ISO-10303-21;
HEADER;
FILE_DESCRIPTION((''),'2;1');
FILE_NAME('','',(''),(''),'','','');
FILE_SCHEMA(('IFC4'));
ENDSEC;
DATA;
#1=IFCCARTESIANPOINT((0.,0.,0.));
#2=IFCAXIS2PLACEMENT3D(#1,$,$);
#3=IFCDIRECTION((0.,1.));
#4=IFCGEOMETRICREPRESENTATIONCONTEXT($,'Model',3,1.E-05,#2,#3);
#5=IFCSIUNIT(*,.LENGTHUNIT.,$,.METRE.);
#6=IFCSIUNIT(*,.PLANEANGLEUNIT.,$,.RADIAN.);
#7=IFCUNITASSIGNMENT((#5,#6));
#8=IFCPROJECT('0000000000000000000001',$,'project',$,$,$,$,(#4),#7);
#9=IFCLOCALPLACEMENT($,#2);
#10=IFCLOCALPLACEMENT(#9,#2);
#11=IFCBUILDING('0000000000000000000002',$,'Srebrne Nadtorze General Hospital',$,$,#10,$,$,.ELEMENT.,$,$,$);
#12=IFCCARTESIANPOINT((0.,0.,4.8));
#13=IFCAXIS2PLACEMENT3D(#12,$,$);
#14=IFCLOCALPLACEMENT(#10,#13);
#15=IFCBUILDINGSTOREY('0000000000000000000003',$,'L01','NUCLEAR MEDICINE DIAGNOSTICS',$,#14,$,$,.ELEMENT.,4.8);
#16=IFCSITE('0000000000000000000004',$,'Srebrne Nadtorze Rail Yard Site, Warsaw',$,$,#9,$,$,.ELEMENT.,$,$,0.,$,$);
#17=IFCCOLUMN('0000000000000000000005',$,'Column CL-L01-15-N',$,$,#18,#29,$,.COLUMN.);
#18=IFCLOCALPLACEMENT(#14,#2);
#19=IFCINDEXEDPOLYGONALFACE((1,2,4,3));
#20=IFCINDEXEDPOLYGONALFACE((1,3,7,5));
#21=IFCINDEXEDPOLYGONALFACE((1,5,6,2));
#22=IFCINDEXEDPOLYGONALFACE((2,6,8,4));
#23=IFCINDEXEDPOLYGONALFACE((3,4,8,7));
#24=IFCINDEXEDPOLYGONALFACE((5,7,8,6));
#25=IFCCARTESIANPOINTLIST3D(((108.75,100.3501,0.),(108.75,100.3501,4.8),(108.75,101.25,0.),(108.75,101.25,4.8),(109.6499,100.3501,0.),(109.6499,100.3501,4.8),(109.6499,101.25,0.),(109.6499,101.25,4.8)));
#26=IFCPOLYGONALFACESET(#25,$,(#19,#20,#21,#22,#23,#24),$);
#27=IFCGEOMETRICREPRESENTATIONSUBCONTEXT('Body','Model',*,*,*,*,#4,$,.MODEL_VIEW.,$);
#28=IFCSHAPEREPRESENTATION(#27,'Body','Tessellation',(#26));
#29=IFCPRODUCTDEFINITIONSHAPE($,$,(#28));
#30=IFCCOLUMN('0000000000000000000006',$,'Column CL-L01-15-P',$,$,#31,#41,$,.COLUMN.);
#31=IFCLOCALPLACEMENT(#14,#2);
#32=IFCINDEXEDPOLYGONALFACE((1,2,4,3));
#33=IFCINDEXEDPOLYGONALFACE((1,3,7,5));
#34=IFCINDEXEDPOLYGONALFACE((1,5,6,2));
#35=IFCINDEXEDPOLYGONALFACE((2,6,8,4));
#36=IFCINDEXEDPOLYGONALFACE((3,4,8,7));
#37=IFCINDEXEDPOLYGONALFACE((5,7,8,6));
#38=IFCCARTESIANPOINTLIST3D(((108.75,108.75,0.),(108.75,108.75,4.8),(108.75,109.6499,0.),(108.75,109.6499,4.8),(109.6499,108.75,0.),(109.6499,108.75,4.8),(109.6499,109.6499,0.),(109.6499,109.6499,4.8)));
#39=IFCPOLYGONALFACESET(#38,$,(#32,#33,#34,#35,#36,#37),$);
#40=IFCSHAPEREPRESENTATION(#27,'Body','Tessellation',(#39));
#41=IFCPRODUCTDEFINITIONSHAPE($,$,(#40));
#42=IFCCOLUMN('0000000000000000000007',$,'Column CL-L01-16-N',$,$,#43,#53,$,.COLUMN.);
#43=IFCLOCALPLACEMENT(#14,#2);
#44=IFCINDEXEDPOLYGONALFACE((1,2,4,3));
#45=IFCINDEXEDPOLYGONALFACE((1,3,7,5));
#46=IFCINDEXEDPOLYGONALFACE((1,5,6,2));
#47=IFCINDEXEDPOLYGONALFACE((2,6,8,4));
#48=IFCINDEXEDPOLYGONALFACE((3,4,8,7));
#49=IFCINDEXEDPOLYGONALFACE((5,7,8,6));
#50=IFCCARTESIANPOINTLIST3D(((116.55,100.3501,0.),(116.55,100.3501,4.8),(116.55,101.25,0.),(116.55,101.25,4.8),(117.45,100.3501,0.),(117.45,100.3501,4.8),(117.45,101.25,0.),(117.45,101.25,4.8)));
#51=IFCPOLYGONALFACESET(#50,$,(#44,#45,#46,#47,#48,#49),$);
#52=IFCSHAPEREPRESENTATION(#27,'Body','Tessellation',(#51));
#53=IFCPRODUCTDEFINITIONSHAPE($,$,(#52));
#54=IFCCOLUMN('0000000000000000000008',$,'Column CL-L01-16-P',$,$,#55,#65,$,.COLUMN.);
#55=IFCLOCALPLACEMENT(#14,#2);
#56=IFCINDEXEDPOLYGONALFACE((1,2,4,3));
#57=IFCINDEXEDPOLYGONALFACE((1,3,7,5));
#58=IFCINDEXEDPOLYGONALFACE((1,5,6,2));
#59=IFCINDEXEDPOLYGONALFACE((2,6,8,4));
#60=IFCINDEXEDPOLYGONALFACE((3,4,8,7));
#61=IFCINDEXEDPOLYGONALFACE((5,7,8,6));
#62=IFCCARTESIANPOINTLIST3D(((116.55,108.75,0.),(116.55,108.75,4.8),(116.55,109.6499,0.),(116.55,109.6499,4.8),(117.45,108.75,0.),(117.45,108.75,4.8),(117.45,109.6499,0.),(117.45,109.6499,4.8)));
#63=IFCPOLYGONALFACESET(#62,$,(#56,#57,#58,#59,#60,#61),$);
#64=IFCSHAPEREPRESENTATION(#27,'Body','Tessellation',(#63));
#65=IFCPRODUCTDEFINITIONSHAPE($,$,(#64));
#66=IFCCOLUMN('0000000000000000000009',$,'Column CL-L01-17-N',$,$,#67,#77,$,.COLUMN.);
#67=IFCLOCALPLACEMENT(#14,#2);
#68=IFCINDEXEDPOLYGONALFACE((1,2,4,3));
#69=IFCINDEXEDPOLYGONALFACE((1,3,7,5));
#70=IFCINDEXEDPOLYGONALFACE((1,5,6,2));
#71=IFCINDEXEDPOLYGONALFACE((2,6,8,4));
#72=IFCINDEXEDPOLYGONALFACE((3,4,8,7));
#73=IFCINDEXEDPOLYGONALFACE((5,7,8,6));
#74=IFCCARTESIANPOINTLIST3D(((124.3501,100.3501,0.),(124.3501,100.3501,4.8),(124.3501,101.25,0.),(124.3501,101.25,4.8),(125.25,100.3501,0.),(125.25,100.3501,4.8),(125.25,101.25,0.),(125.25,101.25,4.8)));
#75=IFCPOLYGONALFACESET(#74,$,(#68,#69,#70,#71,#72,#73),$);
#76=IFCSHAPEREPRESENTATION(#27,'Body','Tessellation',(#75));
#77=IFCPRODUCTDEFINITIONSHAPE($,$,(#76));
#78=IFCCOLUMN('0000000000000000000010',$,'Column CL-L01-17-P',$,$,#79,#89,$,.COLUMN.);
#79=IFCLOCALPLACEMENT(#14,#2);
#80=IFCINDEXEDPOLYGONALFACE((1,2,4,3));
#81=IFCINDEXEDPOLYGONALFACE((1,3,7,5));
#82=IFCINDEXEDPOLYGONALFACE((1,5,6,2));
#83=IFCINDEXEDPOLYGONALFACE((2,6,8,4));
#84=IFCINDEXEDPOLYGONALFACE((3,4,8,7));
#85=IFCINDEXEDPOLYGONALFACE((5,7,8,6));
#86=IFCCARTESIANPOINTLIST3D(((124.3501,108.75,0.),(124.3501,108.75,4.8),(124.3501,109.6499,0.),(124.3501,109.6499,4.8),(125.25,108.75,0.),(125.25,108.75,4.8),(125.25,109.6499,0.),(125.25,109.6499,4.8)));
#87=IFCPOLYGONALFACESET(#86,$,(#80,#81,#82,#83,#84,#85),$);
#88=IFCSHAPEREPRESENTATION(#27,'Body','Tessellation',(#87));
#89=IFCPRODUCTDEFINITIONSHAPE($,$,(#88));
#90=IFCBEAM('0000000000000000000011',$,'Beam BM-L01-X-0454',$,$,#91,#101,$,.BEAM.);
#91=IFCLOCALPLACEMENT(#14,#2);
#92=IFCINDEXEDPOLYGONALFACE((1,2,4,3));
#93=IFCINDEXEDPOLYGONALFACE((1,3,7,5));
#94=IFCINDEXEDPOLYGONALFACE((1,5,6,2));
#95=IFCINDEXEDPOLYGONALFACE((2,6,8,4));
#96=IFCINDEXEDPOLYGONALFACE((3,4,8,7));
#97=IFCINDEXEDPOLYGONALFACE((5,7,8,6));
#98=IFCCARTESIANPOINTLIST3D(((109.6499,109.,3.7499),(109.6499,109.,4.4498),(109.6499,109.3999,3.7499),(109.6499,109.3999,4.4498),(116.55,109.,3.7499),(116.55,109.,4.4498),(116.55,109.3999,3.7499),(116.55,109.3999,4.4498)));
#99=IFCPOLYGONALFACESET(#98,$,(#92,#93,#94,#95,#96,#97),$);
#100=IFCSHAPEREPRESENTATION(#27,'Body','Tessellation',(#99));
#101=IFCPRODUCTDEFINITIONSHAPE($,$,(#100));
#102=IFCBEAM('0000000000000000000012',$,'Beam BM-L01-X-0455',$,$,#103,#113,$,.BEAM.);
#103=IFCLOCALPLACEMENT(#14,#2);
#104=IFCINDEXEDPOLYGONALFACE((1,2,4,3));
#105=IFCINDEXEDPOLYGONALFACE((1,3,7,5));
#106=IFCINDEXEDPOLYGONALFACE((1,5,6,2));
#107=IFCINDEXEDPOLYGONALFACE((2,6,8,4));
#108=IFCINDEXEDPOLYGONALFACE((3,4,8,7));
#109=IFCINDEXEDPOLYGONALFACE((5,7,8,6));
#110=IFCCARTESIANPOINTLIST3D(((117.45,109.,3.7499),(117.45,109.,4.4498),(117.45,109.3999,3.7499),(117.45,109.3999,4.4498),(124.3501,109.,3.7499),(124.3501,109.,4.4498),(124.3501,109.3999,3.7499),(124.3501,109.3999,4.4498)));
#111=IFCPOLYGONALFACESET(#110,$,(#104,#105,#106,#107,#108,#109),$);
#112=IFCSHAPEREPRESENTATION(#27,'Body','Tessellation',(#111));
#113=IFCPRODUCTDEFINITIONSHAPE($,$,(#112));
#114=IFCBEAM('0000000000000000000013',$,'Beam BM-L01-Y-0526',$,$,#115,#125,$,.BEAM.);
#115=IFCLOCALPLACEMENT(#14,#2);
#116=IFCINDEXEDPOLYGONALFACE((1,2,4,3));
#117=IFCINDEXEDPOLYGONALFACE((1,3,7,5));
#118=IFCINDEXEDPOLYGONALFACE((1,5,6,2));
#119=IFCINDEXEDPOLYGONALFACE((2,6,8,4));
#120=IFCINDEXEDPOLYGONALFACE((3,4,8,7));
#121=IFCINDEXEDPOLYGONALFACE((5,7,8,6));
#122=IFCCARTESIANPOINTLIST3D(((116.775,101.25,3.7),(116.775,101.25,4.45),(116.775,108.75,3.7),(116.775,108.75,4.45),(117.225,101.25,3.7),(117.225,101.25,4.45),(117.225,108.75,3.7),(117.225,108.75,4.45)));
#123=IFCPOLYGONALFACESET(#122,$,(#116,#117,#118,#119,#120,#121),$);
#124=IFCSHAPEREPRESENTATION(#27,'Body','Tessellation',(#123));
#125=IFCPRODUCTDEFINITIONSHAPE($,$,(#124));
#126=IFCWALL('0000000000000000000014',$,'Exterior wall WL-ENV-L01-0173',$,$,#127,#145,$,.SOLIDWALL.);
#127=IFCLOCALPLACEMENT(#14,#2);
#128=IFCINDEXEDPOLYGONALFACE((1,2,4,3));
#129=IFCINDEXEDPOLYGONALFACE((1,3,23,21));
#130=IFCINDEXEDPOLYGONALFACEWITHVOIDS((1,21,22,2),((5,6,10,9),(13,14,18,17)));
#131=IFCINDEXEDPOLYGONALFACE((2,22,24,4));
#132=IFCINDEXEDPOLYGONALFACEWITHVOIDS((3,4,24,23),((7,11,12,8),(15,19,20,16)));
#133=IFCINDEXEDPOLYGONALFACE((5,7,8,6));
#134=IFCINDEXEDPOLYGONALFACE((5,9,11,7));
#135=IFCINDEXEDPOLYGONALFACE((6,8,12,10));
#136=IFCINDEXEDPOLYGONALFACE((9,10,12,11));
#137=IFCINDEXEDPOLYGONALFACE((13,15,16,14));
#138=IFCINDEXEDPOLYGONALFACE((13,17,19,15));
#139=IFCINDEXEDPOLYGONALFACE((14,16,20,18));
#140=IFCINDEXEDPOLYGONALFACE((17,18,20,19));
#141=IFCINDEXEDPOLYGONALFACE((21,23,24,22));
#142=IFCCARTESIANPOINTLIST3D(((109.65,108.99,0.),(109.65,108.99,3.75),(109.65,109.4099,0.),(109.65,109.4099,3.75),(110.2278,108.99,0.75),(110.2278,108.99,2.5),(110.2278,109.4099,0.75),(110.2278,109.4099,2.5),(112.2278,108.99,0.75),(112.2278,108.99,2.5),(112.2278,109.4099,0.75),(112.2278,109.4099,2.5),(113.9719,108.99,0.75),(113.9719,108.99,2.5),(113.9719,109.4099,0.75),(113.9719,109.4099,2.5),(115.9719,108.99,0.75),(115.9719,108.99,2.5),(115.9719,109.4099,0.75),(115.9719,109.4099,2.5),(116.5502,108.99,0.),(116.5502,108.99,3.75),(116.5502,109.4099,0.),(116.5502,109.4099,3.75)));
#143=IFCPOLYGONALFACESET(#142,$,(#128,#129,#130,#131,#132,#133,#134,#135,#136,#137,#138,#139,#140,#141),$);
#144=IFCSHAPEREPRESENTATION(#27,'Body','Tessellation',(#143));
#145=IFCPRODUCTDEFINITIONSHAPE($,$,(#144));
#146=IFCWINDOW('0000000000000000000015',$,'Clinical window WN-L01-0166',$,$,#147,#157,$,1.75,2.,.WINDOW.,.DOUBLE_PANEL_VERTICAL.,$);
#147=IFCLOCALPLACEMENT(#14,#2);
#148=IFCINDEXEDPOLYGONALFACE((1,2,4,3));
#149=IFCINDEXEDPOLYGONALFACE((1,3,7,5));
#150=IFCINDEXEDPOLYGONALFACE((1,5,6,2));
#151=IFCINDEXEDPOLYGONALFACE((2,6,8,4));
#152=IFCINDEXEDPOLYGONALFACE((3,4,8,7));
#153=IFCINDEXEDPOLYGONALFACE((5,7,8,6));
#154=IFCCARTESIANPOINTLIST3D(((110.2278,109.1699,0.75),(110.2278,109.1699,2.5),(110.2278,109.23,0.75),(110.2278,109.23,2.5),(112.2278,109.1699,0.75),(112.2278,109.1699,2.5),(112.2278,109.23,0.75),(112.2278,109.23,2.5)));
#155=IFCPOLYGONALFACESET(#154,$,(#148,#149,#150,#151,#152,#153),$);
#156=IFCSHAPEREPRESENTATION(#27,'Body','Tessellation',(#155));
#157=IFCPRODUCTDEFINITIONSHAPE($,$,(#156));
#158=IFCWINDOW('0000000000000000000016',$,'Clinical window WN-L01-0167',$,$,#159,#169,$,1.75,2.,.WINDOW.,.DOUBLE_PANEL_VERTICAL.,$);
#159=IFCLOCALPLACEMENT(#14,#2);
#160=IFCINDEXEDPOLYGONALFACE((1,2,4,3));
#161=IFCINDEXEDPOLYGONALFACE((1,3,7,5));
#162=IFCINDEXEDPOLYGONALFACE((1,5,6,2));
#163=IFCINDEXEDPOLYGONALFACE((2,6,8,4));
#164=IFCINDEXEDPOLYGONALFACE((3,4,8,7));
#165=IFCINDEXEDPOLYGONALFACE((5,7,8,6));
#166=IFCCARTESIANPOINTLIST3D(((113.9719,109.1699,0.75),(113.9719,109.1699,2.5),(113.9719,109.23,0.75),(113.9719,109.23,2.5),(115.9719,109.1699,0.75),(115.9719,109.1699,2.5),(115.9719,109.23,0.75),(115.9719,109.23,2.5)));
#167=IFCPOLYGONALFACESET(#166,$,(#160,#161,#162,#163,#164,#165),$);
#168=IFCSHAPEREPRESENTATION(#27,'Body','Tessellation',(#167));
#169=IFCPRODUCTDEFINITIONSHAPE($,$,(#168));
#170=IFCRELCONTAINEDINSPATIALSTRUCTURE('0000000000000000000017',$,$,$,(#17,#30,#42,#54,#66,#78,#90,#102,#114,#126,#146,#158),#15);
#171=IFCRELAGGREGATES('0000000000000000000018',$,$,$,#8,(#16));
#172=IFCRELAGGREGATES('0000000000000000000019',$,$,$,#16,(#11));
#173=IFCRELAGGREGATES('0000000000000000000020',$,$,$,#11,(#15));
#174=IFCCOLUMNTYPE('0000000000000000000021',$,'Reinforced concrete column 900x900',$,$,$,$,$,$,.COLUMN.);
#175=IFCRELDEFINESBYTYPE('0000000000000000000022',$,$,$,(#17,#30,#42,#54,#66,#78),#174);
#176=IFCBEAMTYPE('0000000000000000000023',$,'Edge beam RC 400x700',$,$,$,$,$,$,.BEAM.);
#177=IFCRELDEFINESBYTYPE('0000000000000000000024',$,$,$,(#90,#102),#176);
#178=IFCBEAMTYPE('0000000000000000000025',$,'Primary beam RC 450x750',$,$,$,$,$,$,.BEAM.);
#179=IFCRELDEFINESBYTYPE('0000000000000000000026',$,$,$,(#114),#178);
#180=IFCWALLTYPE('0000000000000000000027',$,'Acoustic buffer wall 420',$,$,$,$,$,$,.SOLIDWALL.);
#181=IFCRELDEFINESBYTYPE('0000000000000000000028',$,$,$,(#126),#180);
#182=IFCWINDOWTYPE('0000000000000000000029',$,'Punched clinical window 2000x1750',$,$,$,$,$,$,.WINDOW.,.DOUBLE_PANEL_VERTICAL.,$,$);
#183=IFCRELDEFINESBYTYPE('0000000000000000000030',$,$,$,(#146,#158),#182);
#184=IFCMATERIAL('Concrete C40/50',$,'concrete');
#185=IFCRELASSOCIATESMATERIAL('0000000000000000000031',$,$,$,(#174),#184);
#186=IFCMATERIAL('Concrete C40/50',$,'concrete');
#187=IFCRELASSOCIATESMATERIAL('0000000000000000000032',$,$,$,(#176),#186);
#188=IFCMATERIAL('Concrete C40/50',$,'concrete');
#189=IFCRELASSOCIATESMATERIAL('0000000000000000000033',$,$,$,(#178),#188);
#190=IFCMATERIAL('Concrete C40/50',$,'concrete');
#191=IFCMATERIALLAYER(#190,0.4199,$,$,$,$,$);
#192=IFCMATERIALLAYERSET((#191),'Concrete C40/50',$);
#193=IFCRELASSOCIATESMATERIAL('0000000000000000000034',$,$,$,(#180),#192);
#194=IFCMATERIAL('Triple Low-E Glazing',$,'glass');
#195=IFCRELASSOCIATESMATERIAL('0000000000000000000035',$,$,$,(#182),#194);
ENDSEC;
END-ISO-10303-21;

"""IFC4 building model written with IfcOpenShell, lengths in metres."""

from ifc_helpers import new_model, si_unit, direction, frame, frame_2d, origin, origin_2d, place, context, subcontext, project, spatial, rectangle, extrude, material, layer, layer_set, material_profile, profile_set, type_object, element, fill, save


model = new_model("IFC4")

# Units and contexts
model_context = context("Model", 3, precision=1e-05, world=origin(), true_north=direction((0.0, 1.0)))
body_context = subcontext(model_context, "Body", "Model", "MODEL_VIEW")
ifc_project = project(units=[si_unit("LENGTHUNIT", "METRE"), si_unit("PLANEANGLEUNIT", "RADIAN")], contexts=[model_context])

# Site, building, storey
site_placement = place(None, origin())
site = spatial("IfcSite", under=ifc_project, at=site_placement, Name="Srebrne Nadtorze Rail Yard Site, Warsaw", CompositionType="ELEMENT", RefElevation=0.0)
building_placement = place(site_placement, origin())
building = spatial("IfcBuilding", under=site, at=building_placement, Name="Srebrne Nadtorze General Hospital", CompositionType="ELEMENT")
storey_placement = place(building_placement, frame((0.0, 0.0, 4.8)))
storey = spatial("IfcBuildingStorey", under=building, at=storey_placement, Name="L01", Description="NUCLEAR MEDICINE DIAGNOSTICS", CompositionType="ELEMENT", Elevation=4.8)

# Columns
ifc_material_1 = material(Name="Concrete C40/50", Category="concrete")
ifc_material_profile_1 = material_profile(ifc_material_1, rectangle(XDim=0.8999, YDim=0.8999, at=origin_2d()), Name="RC-COL-900x900")
ifc_profile_set_1 = profile_set([ifc_material_profile_1], Name="Concrete C40/50")
column_type = type_object("IfcColumnType", Name="Reinforced concrete column 900x900", PredefinedType="COLUMN", material=ifc_profile_set_1)
for number, where, z_axis, x_axis, name in (
    (1, (109.2, 100.8, 0.0), (0.0, 0.0, 1.0), (1.0, 0.0, 0.0), "Column CL-L01-15-N"),
    (2, (109.2, 109.2, 0.0), (0.0, 0.0, 1.0), (1.0, 0.0, 0.0), "Column CL-L01-15-P"),
    (3, (117.0, 100.8, 0.0), (0.0, 0.0, 1.0), (1.0, 0.0, 0.0), "Column CL-L01-16-N"),
    (4, (117.0, 109.2, 0.0), (0.0, 0.0, 1.0), (1.0, 0.0, 0.0), "Column CL-L01-16-P"),
    (5, (124.8, 100.8, 0.0), (0.0, 0.0, 1.0), (1.0, 0.0, 0.0), "Column CL-L01-17-N"),
    (6, (124.8, 109.2, 0.0), (0.0, 0.0, 1.0), (1.0, 0.0, 0.0), "Column CL-L01-17-P"),
):
    element("IfcColumn", number, at=place(storey_placement, frame(where, z_axis=z_axis, x_axis=x_axis)), inside=storey, type_object=column_type, Name=name, PredefinedType="COLUMN", context=body_context, shape_type="SweptSolid", body=[
        extrude(rectangle(XDim=0.8999, YDim=0.8999, at=origin_2d()), origin(), (0.0, 0.0, 1.0), 4.8),
    ])

# Beams
ifc_material_2 = material(Name="Concrete C40/50", Category="concrete")
ifc_material_profile_2 = material_profile(ifc_material_2, rectangle(XDim=0.3999, YDim=0.7, at=origin_2d()), Name="RC-BM-400x700")
ifc_profile_set_2 = profile_set([ifc_material_profile_2], Name="Concrete C40/50")
beam_type_1 = type_object("IfcBeamType", Name="Edge beam RC 400x700", PredefinedType="BEAM", material=ifc_profile_set_2)
for number, where, z_axis, x_axis, name in (
    (7, (109.6499, 109.2, 4.0999), (1.0, 0.0, 0.0), (0.0, 1.0, 0.0), "Beam BM-L01-X-0454"),
    (8, (117.45, 109.2, 4.0999), (1.0, 0.0, 0.0), (0.0, 1.0, 0.0), "Beam BM-L01-X-0455"),
):
    element("IfcBeam", number, at=place(storey_placement, frame(where, z_axis=z_axis, x_axis=x_axis)), inside=storey, type_object=beam_type_1, Name=name, PredefinedType="BEAM", context=body_context, shape_type="SweptSolid", body=[
        extrude(rectangle(XDim=0.3999, YDim=0.7, at=origin_2d()), origin(), (0.0, 0.0, 1.0), 6.9001),
    ])
ifc_material_3 = material(Name="Concrete C40/50", Category="concrete")
ifc_material_profile_3 = material_profile(ifc_material_3, rectangle(XDim=0.45, YDim=0.75, at=origin_2d()), Name="RC-BM-450x750")
ifc_profile_set_3 = profile_set([ifc_material_profile_3], Name="Concrete C40/50")
beam_type_2 = type_object("IfcBeamType", Name="Primary beam RC 450x750", PredefinedType="BEAM", material=ifc_profile_set_3)
beam_placement = place(storey_placement, frame((117.0, 101.25, 4.075), z_axis=(0.0, 1.0, 0.0), x_axis=(-1.0, 0.0, 0.0)))
element("IfcBeam", 9, at=beam_placement, inside=storey, type_object=beam_type_2, Name="Beam BM-L01-Y-0526", PredefinedType="BEAM", context=body_context, shape_type="SweptSolid", body=[
    extrude(rectangle(XDim=0.45, YDim=0.75, at=origin_2d()), origin(), (0.0, 0.0, 1.0), 7.5),
])

# Wall, openings, windows
ifc_material_4 = material(Name="Concrete C40/50", Category="concrete")
ifc_layer_1 = layer(ifc_material_4, 0.4199)
ifc_layer_set_1 = layer_set([ifc_layer_1], Name="Concrete C40/50")
wall_type_1 = type_object("IfcWallType", Name="Acoustic buffer wall 420", PredefinedType="SOLIDWALL", material=ifc_layer_set_1)
wall_1_placement = place(storey_placement, frame((109.6499, 109.2, 0.0), z_axis=(0.0, 0.0, 1.0), x_axis=(1.0, 0.0, 0.0)))
wall_1 = element("IfcWall", 10, at=wall_1_placement, inside=storey, type_object=wall_type_1, Name="Exterior wall WL-ENV-L01-0173", PredefinedType="SOLIDWALL", context=body_context, shape_type="SweptSolid", body=[
    extrude(rectangle(XDim=6.9001, YDim=0.4199, at=frame_2d((3.4502, 0.0))), origin(), (0.0, 0.0, 1.0), 3.75),
])
opening_1_placement = place(wall_1_placement, frame((0.5779, 0.0, 0.75)))
opening_1 = element("IfcOpeningElement", 11, at=opening_1_placement, cuts=wall_1, PredefinedType="OPENING", context=body_context, shape_type="SweptSolid", body=[
    extrude(rectangle(XDim=2.0, YDim=1.75, at=frame_2d((1.0, 0.875))), frame((0.0, 0.2219, 0.0), z_axis=(0.0, -1.0, 0.0), x_axis=(1.0, 0.0, 0.0)), (0.0, 0.0, 1.0), 0.4438),
])
opening_2_placement = place(wall_1_placement, frame((4.322, 0.0, 0.75)))
opening_2 = element("IfcOpeningElement", 12, at=opening_2_placement, cuts=wall_1, PredefinedType="OPENING", context=body_context, shape_type="SweptSolid", body=[
    extrude(rectangle(XDim=2.0, YDim=1.75, at=frame_2d((1.0, 0.875))), frame((0.0, 0.2219, 0.0), z_axis=(0.0, -1.0, 0.0), x_axis=(1.0, 0.0, 0.0)), (0.0, 0.0, 1.0), 0.4438),
])
ifc_material_5 = material(Name="Triple Low-E Glazing", Category="glass")
window_type_1 = type_object("IfcWindowType", Name="Punched clinical window 2000x1750", PartitioningType="DOUBLE_PANEL_VERTICAL", PredefinedType="WINDOW", material=ifc_material_5)
window_1_placement = place(opening_1_placement, origin())
window_1 = element("IfcWindow", 13, at=window_1_placement, inside=storey, type_object=window_type_1, Name="Clinical window WN-L01-0166", OverallHeight=1.75, OverallWidth=2.0, PartitioningType="DOUBLE_PANEL_VERTICAL", PredefinedType="WINDOW", context=body_context, shape_type="SweptSolid", body=[
    extrude(rectangle(XDim=2.0, YDim=1.75, at=frame_2d((1.0, 0.875))), frame((0.0, 0.03, 0.0), z_axis=(0.0, -1.0, 0.0), x_axis=(1.0, 0.0, 0.0)), (0.0, 0.0, 1.0), 0.0601),
])
fill(opening_1, window_1)
window_2_placement = place(opening_2_placement, origin())
window_2 = element("IfcWindow", 14, at=window_2_placement, inside=storey, type_object=window_type_1, Name="Clinical window WN-L01-0167", OverallHeight=1.75, OverallWidth=2.0, PartitioningType="DOUBLE_PANEL_VERTICAL", PredefinedType="WINDOW", context=body_context, shape_type="SweptSolid", body=[
    extrude(rectangle(XDim=2.0, YDim=1.75, at=frame_2d((1.0, 0.875))), frame((0.0, 0.03, 0.0), z_axis=(0.0, -1.0, 0.0), x_axis=(1.0, 0.0, 0.0)), (0.0, 0.0, 1.0), 0.0601),
])
fill(opening_2, window_2)

save(model, "model.ifc")
